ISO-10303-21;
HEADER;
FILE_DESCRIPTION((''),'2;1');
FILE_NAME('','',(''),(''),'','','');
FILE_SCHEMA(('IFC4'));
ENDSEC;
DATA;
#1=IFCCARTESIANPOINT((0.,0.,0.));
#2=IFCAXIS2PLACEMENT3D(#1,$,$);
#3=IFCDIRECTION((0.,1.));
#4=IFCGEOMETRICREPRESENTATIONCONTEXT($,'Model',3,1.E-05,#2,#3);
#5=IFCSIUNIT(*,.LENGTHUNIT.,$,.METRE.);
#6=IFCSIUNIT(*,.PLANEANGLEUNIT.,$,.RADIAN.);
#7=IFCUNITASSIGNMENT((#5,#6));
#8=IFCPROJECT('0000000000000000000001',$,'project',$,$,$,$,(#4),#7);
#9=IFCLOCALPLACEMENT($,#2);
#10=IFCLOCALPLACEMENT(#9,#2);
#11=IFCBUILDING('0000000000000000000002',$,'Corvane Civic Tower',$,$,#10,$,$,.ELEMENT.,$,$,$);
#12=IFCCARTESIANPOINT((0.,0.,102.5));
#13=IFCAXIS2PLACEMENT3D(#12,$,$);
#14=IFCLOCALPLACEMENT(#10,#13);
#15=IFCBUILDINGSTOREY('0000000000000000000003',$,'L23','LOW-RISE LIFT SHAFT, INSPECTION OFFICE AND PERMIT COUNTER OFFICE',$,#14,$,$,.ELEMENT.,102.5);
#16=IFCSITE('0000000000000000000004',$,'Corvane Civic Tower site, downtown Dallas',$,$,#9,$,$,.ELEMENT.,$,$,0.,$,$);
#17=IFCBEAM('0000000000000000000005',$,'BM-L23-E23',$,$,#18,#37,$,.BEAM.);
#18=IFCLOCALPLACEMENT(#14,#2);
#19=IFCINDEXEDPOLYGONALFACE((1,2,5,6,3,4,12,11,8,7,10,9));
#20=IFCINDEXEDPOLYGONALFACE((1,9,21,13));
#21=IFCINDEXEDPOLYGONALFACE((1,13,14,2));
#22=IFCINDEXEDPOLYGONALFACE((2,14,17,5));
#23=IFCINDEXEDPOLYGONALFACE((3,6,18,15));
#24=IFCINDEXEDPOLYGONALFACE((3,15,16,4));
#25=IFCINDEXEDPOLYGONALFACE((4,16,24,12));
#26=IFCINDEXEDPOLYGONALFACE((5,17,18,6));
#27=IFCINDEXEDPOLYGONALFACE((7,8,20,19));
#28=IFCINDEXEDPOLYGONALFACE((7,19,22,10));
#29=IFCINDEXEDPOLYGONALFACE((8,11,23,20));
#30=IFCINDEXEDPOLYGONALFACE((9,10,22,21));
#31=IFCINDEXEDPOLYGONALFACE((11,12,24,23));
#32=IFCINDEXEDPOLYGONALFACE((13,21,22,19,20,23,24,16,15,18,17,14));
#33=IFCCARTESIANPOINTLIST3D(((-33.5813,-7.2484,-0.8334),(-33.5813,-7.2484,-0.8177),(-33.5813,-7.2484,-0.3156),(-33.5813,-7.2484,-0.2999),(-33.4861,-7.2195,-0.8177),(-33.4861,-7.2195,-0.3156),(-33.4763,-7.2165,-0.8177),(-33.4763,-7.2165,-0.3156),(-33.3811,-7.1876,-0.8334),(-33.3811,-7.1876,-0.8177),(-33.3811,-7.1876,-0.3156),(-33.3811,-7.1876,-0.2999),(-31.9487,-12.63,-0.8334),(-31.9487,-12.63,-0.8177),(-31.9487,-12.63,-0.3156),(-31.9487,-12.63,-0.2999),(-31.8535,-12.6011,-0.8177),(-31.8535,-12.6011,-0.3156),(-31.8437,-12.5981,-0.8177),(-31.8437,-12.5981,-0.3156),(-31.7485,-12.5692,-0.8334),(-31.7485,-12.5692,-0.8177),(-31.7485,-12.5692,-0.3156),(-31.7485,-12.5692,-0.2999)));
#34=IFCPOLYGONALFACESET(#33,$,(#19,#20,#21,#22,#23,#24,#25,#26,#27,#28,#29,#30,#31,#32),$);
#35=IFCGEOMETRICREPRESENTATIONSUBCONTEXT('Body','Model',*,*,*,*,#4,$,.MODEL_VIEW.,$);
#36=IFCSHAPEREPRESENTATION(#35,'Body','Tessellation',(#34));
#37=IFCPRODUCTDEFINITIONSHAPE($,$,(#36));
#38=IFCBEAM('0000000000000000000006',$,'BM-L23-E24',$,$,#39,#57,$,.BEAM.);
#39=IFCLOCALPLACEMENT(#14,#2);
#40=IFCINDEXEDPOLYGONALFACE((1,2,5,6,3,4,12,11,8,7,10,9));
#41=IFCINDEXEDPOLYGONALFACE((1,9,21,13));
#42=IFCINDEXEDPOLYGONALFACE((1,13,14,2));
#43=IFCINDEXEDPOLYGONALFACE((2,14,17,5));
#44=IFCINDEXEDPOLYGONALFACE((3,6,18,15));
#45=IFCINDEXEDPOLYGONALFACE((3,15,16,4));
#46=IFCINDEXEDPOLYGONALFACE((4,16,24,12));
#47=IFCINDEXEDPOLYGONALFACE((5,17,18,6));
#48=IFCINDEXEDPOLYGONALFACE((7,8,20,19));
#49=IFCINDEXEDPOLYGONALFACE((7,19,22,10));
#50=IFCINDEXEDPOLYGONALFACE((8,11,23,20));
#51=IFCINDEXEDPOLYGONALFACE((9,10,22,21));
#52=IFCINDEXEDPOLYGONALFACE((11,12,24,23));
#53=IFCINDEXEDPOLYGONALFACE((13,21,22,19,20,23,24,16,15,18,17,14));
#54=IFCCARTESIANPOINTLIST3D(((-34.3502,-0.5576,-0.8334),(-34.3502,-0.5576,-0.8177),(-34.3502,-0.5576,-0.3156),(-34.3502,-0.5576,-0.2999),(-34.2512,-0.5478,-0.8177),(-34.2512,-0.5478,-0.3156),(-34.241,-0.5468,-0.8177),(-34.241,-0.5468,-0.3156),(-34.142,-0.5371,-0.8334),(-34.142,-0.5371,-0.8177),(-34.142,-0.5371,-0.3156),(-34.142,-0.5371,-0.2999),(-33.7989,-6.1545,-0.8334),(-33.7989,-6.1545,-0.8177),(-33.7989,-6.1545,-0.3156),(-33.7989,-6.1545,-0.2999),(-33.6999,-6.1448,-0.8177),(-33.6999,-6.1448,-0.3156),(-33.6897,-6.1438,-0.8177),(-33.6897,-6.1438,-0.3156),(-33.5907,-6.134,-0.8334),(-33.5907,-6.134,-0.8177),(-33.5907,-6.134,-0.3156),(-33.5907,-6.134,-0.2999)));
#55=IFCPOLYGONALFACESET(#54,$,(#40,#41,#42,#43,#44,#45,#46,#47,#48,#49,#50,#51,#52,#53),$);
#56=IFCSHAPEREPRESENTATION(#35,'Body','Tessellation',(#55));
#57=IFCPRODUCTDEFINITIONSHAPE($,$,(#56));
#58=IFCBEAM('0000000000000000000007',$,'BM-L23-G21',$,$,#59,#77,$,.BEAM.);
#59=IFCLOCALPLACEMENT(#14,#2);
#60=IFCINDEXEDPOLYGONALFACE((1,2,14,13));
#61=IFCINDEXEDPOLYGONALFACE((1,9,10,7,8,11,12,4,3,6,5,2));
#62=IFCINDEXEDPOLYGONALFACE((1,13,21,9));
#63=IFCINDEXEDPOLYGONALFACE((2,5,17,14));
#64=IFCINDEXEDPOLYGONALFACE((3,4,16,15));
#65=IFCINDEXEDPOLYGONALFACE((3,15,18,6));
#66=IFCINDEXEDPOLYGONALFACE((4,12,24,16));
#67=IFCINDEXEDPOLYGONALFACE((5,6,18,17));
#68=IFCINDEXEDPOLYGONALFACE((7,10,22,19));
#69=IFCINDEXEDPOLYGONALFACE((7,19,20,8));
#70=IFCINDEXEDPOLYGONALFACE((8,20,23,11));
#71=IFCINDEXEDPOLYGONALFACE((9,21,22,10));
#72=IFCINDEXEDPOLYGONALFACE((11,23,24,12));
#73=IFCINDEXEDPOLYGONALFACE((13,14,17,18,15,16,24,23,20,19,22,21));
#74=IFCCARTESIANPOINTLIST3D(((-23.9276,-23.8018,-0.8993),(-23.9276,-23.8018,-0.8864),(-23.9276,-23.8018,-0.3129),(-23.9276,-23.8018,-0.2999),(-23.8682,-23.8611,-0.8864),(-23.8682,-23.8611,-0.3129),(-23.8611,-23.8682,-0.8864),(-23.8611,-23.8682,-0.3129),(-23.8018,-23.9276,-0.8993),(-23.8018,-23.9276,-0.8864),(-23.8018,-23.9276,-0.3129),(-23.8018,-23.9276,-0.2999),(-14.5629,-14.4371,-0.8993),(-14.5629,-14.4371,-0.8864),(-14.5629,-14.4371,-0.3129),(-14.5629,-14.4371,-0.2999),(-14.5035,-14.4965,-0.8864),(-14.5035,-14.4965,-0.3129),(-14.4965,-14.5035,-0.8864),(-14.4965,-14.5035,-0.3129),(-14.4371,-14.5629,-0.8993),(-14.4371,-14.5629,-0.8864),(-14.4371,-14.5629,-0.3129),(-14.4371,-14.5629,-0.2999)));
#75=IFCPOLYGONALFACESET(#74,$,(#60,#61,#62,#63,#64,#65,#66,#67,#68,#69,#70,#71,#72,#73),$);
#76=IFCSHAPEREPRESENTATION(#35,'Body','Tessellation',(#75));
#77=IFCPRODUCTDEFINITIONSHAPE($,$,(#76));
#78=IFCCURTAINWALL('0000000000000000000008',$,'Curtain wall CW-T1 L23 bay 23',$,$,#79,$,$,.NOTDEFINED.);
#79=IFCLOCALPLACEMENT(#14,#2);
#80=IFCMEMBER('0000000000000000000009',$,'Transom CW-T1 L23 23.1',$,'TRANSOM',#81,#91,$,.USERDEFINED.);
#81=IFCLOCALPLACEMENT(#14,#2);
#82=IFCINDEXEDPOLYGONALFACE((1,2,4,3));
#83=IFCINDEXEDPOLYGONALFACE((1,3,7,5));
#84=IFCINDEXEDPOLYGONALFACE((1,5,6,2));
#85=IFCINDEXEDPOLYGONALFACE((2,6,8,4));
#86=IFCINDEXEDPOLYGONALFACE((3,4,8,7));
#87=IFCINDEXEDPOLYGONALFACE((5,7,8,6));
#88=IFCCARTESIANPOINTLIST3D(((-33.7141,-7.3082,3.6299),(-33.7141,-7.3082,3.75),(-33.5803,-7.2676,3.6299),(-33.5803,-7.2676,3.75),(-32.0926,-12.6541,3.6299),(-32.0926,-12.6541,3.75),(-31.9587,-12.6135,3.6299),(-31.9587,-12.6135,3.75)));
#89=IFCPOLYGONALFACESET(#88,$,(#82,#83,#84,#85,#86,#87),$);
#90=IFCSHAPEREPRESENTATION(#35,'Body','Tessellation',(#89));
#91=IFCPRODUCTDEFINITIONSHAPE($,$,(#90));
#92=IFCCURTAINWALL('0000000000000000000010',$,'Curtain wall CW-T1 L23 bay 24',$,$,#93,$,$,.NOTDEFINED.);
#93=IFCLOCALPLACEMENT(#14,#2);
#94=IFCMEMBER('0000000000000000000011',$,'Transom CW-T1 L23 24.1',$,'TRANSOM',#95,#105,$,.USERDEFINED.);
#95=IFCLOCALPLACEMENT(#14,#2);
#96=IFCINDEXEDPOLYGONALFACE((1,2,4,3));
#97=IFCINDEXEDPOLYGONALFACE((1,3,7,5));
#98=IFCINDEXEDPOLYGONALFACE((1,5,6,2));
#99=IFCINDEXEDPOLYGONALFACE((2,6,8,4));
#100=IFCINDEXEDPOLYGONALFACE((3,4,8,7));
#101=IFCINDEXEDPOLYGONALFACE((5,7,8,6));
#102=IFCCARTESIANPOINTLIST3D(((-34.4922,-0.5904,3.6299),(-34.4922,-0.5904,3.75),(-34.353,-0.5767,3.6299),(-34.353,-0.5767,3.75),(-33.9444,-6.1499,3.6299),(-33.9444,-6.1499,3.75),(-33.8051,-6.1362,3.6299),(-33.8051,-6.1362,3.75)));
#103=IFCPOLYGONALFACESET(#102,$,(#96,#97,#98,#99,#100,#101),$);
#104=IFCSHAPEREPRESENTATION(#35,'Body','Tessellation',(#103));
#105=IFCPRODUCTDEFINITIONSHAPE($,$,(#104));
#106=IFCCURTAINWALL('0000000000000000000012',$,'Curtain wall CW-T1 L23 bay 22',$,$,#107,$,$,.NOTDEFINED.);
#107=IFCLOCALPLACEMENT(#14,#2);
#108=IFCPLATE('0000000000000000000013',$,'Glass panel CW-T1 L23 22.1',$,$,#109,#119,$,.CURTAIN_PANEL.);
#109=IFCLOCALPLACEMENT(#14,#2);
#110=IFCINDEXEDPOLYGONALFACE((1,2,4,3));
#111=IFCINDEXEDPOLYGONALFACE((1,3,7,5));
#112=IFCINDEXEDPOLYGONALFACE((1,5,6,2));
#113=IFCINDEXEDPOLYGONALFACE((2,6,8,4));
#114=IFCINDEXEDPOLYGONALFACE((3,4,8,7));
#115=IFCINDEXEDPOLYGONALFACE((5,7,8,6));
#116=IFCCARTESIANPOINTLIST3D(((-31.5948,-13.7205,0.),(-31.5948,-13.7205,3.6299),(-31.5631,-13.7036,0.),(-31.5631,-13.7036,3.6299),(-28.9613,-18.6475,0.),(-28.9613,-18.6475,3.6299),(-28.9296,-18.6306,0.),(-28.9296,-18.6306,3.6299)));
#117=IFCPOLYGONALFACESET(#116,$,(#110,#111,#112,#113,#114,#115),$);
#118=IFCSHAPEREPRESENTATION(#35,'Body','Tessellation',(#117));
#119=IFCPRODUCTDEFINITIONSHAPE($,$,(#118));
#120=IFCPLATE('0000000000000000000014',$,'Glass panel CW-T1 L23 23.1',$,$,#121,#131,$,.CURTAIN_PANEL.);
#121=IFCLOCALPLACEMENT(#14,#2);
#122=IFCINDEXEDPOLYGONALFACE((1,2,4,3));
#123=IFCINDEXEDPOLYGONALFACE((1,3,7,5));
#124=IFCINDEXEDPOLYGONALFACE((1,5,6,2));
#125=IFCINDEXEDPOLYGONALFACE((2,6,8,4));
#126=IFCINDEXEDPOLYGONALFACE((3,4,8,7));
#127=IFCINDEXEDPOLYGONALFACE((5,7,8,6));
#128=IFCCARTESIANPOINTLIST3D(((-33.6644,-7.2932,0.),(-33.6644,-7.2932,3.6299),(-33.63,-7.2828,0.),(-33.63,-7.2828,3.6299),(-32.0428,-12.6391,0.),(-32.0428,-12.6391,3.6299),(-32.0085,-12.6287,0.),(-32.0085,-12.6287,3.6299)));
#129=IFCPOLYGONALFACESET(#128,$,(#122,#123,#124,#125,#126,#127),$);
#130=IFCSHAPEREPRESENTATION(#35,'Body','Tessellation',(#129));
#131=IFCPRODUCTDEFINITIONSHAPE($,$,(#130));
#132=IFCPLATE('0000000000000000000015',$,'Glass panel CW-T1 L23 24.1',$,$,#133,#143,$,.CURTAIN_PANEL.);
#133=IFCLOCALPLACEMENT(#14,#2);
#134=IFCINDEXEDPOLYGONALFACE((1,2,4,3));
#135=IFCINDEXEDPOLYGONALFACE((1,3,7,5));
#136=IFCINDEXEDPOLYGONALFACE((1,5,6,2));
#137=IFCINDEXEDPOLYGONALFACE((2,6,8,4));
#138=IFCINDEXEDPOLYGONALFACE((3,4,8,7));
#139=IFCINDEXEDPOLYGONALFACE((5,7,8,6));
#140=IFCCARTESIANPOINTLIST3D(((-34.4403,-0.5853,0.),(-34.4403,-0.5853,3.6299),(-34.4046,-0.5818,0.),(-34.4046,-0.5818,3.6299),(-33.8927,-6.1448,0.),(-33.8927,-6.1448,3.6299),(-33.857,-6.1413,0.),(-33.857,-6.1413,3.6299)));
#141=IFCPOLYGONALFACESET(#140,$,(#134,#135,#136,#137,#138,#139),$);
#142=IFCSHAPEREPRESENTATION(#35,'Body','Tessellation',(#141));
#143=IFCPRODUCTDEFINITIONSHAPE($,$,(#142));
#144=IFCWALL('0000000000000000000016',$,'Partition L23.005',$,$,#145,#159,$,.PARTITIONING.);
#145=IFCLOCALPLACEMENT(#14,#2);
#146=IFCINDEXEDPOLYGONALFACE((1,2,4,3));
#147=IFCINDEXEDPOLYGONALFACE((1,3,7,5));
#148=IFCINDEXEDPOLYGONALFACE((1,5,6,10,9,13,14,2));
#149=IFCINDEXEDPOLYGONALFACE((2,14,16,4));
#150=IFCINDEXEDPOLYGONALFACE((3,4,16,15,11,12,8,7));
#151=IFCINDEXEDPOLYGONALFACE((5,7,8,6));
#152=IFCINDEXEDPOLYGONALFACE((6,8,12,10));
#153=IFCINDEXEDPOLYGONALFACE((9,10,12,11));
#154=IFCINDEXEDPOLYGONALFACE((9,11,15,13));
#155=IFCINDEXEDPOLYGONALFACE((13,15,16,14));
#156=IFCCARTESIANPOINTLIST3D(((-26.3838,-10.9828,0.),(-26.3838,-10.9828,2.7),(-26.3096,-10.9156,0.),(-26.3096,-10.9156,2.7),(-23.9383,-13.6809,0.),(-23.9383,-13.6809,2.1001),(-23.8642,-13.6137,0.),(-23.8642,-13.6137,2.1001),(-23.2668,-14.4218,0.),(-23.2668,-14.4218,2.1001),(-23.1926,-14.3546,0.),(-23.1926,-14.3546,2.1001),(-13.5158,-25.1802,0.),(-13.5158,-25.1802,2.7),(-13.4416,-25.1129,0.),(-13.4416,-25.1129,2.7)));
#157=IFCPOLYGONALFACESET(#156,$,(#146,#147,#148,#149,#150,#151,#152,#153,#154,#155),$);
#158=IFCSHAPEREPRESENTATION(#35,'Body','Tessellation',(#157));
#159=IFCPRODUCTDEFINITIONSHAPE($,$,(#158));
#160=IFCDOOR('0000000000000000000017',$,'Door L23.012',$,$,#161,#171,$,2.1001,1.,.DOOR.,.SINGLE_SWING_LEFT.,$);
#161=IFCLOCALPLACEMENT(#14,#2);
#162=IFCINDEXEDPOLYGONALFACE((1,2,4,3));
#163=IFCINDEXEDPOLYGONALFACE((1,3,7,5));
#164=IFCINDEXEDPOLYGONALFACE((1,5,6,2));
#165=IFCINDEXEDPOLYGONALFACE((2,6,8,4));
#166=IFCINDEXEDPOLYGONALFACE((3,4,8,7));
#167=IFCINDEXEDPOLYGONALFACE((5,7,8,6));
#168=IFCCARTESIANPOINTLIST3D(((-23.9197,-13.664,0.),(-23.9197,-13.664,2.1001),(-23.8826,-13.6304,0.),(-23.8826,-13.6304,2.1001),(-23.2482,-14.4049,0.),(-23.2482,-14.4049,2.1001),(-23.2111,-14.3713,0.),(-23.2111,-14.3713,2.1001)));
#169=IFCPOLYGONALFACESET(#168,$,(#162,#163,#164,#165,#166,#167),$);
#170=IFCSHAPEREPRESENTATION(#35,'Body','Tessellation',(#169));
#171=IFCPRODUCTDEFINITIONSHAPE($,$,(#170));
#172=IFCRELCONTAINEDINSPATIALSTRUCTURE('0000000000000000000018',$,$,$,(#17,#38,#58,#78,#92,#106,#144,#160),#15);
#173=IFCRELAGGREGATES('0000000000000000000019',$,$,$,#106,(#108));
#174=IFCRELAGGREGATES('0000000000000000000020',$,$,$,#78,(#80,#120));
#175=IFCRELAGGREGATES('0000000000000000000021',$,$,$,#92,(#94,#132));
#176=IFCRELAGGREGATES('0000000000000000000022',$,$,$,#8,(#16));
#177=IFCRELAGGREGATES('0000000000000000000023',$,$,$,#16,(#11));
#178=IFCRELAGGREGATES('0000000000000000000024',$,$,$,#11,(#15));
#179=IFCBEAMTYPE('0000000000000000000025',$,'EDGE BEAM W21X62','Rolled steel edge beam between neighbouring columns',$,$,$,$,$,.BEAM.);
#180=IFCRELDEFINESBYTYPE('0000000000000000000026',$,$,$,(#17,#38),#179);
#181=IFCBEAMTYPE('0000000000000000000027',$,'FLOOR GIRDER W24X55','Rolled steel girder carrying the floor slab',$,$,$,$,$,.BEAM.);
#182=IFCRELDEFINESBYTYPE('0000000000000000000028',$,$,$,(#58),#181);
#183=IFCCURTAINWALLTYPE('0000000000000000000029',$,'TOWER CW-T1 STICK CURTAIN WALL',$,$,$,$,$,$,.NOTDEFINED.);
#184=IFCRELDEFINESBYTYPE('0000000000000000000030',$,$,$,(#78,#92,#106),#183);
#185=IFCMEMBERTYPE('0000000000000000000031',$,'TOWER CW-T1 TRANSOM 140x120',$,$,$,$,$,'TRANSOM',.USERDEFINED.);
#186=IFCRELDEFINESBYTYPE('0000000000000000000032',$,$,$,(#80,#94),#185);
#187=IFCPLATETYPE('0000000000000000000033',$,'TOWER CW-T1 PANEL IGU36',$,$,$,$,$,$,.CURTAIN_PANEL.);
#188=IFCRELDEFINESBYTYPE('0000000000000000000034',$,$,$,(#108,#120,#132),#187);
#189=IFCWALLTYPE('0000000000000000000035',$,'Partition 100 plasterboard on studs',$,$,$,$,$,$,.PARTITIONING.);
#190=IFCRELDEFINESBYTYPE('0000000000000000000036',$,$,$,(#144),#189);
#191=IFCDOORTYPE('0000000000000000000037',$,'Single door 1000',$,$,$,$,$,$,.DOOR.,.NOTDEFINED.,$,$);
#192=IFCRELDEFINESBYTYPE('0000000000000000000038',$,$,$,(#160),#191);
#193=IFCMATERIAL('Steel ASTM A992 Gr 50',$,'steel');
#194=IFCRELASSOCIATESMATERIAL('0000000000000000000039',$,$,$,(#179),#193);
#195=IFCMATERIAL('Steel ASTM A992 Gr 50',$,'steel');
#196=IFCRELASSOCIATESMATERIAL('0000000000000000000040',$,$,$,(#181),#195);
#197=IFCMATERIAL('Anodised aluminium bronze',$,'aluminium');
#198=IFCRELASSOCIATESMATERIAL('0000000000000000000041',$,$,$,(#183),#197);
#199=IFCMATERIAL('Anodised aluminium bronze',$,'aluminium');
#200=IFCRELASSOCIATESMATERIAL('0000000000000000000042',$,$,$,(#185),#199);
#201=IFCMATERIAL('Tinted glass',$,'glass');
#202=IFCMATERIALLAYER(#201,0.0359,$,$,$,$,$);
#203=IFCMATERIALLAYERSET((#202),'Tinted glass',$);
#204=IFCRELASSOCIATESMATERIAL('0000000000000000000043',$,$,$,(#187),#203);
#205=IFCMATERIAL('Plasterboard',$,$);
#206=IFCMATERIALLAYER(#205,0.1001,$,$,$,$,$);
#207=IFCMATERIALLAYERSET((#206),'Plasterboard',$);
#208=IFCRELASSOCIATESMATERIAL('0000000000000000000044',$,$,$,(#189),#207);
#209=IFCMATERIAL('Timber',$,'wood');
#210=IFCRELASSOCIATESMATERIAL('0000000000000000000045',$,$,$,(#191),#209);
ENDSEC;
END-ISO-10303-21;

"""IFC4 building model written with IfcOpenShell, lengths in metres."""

from ifc_helpers import new_model, si_unit, direction, frame, frame_2d, origin, origin_2d, place, context, subcontext, project, spatial, rectangle, i_section, extrude, material, layer, layer_set, material_profile, profile_set, type_object, element, fill, aggregate, save


model = new_model("IFC4")

# Units and contexts
model_context = context("Model", 3, precision=1e-05, world=origin(), true_north=direction((0.0, 1.0)))
body_context = subcontext(model_context, "Body", "Model", "MODEL_VIEW")
ifc_project = project(units=[si_unit("LENGTHUNIT", "METRE"), si_unit("PLANEANGLEUNIT", "RADIAN")], contexts=[model_context])

# Site, building, storey
site_placement = place(None, origin())
site = spatial("IfcSite", under=ifc_project, at=site_placement, Name="Corvane Civic Tower site, downtown Dallas", CompositionType="ELEMENT", RefElevation=0.0)
building_placement = place(site_placement, origin())
building = spatial("IfcBuilding", under=site, at=building_placement, Name="Corvane Civic Tower", CompositionType="ELEMENT")
storey_placement = place(building_placement, frame((0.0, 0.0, 102.5)))
storey = spatial("IfcBuildingStorey", under=building, at=storey_placement, Name="L23", Description="LOW-RISE LIFT SHAFT, INSPECTION OFFICE AND PERMIT COUNTER OFFICE", CompositionType="ELEMENT", Elevation=102.5)

# Beams
ifc_material_1 = material(Name="Steel ASTM A992 Gr 50", Category="steel")
ifc_material_profile_1 = material_profile(ifc_material_1, i_section(OverallWidth=0.2092, OverallDepth=0.5334, WebThickness=0.0103, FlangeThickness=0.0156, at=origin_2d()), Name="W21X62")
ifc_profile_set_1 = profile_set([ifc_material_profile_1], Name="Steel ASTM A992 Gr 50")
beam_type_1 = type_object("IfcBeamType", Name="EDGE BEAM W21X62", Description="Rolled steel edge beam between neighbouring columns", PredefinedType="BEAM", material=ifc_profile_set_1)
beam_1_placement = place(storey_placement, frame((-31.8486, -12.5996, -0.5667), z_axis=(-0.290298, 0.956936, 0.0), x_axis=(-0.956936, -0.290298, 0.0)))
element("IfcBeam", 1, at=beam_1_placement, inside=storey, type_object=beam_type_1, Name="BM-L23-E23", PredefinedType="BEAM", context=body_context, shape_type="SweptSolid", body=[
    extrude(i_section(OverallWidth=0.2092, OverallDepth=0.5334, WebThickness=0.0103, FlangeThickness=0.0156, at=origin_2d()), origin(), (0.0, 0.0, 1.0), 5.6238),
])
beam_2_placement = place(storey_placement, frame((-33.6948, -6.1443, -0.5667), z_axis=(-0.098021, 0.995184, 0.0), x_axis=(-0.995184, -0.098021, 0.0)))
element("IfcBeam", 2, at=beam_2_placement, inside=storey, type_object=beam_type_1, Name="BM-L23-E24", PredefinedType="BEAM", context=body_context, shape_type="SweptSolid", body=[
    extrude(i_section(OverallWidth=0.2092, OverallDepth=0.5334, WebThickness=0.0103, FlangeThickness=0.0156, at=origin_2d()), origin(), (0.0, 0.0, 1.0), 5.624),
])
ifc_material_2 = material(Name="Steel ASTM A992 Gr 50", Category="steel")
ifc_material_profile_2 = material_profile(ifc_material_2, i_section(OverallWidth=0.178, OverallDepth=0.5994, WebThickness=0.01, FlangeThickness=0.0129, at=origin_2d()), Name="W24X55")
ifc_profile_set_2 = profile_set([ifc_material_profile_2], Name="Steel ASTM A992 Gr 50")
beam_type_2 = type_object("IfcBeamType", Name="FLOOR GIRDER W24X55", Description="Rolled steel girder carrying the floor slab", PredefinedType="BEAM", material=ifc_profile_set_2)
beam_3_placement = place(storey_placement, frame((-14.5, -14.5, -0.5996), z_axis=(-0.707107, -0.707107, 0.0), x_axis=(0.707107, -0.707107, 0.0)))
element("IfcBeam", 3, at=beam_3_placement, inside=storey, type_object=beam_type_2, Name="BM-L23-G21", PredefinedType="BEAM", context=body_context, shape_type="SweptSolid", body=[
    extrude(i_section(OverallWidth=0.178, OverallDepth=0.5994, WebThickness=0.01, FlangeThickness=0.0129, at=origin_2d()), origin(), (0.0, 0.0, 1.0), 13.2437),
])

# Curtain walls, members
ifc_material_3 = material(Name="Anodised aluminium bronze", Category="aluminium")
curtain_wall_type = type_object("IfcCurtainWallType", Name="TOWER CW-T1 STICK CURTAIN WALL", PredefinedType="NOTDEFINED", material=ifc_material_3)
curtain_wall_1_placement = place(storey_placement, origin())
curtain_wall_1 = element("IfcCurtainWall", 4, at=curtain_wall_1_placement, inside=storey, type_object=curtain_wall_type, Name="Curtain wall CW-T1 L23 bay 23", PredefinedType="NOTDEFINED")
ifc_material_4 = material(Name="Anodised aluminium bronze", Category="aluminium")
ifc_material_profile_3 = material_profile(ifc_material_4, rectangle(XDim=0.1399, YDim=0.1201, at=origin_2d()), Name="TOWER CW-T1 TRANSOM 140x120")
ifc_profile_set_3 = profile_set([ifc_material_profile_3], Name="Anodised aluminium bronze")
member_type = type_object("IfcMemberType", Name="TOWER CW-T1 TRANSOM 140x120", ElementType="TRANSOM", PredefinedType="USERDEFINED", material=ifc_profile_set_3)
member_1_placement = place(storey_placement, frame((-32.0256, -12.6338, 3.6899), z_axis=(-0.290269, 0.956945, 0.0), x_axis=(-0.956945, -0.290269, 0.0)))
member_1 = element("IfcMember", 5, at=member_1_placement, type_object=member_type, Name="Transom CW-T1 L23 23.1", ObjectType="TRANSOM", PredefinedType="USERDEFINED", context=body_context, shape_type="SweptSolid", body=[
    extrude(rectangle(XDim=0.1399, YDim=0.1201, at=origin_2d()), origin(), (0.0, 0.0, 1.0), 5.5864),
])
curtain_wall_2_placement = place(storey_placement, origin())
curtain_wall_2 = element("IfcCurtainWall", 6, at=curtain_wall_2_placement, inside=storey, type_object=curtain_wall_type, Name="Curtain wall CW-T1 L23 bay 24", PredefinedType="NOTDEFINED")
member_2_placement = place(storey_placement, frame((-33.8748, -6.1431, 3.6899), z_axis=(-0.098067, 0.99518, 0.0), x_axis=(-0.99518, -0.098067, 0.0)))
member_2 = element("IfcMember", 7, at=member_2_placement, type_object=member_type, Name="Transom CW-T1 L23 24.1", ObjectType="TRANSOM", PredefinedType="USERDEFINED", context=body_context, shape_type="SweptSolid", body=[
    extrude(rectangle(XDim=0.1399, YDim=0.1201, at=origin_2d()), origin(), (0.0, 0.0, 1.0), 5.5864),
])

# Curtain wall, plate
curtain_wall_3_placement = place(storey_placement, origin())
curtain_wall_3 = element("IfcCurtainWall", 8, at=curtain_wall_3_placement, inside=storey, type_object=curtain_wall_type, Name="Curtain wall CW-T1 L23 bay 22", PredefinedType="NOTDEFINED")
ifc_material_5 = material(Name="Tinted glass", Category="glass")
ifc_layer_1 = layer(ifc_material_5, 0.0359)
ifc_layer_set_1 = layer_set([ifc_layer_1], Name="Tinted glass")
plate_type = type_object("IfcPlateType", Name="TOWER CW-T1 PANEL IGU36", PredefinedType="CURTAIN_PANEL", material=ifc_layer_set_1)
plate_1_placement = place(storey_placement, frame((-30.2622, -16.1755, 0.0), z_axis=(0.0, 0.0, 1.0), x_axis=(-0.471392, 0.881924, 0.0)))
plate_1 = element("IfcPlate", 9, at=plate_1_placement, type_object=plate_type, Name="Glass panel CW-T1 L23 22.1", PredefinedType="CURTAIN_PANEL", context=body_context, shape_type="SweptSolid", body=[
    extrude(rectangle(XDim=5.5867, YDim=0.0359, at=origin_2d()), origin(), (0.0, 0.0, 1.0), 3.6299),
])
aggregate(curtain_wall_3, [plate_1])

# Plates
plate_2_placement = place(storey_placement, frame((-32.8364, -9.9609, 0.0), z_axis=(0.0, 0.0, 1.0), x_axis=(-0.290266, 0.956946, 0.0)))
plate_2 = element("IfcPlate", 10, at=plate_2_placement, type_object=plate_type, Name="Glass panel CW-T1 L23 23.1", PredefinedType="CURTAIN_PANEL", context=body_context, shape_type="SweptSolid", body=[
    extrude(rectangle(XDim=5.5864, YDim=0.0359, at=origin_2d()), origin(), (0.0, 0.0, 1.0), 3.6299),
])
aggregate(curtain_wall_1, [member_1, plate_2])
plate_3_placement = place(storey_placement, frame((-34.1487, -3.3633, 0.0), z_axis=(0.0, 0.0, 1.0), x_axis=(-0.098027, 0.995184, 0.0)))
plate_3 = element("IfcPlate", 11, at=plate_3_placement, type_object=plate_type, Name="Glass panel CW-T1 L23 24.1", PredefinedType="CURTAIN_PANEL", context=body_context, shape_type="SweptSolid", body=[
    extrude(rectangle(XDim=5.5864, YDim=0.0359, at=origin_2d()), origin(), (0.0, 0.0, 1.0), 3.6299),
])
aggregate(curtain_wall_2, [member_2, plate_3])

# Wall, opening, door
ifc_material_6 = material(Name="Plasterboard")
ifc_layer_2 = layer(ifc_material_6, 0.1001)
ifc_layer_set_2 = layer_set([ifc_layer_2], Name="Plasterboard")
wall_type_1 = type_object("IfcWallType", Name="Partition 100 plasterboard on studs", PredefinedType="PARTITIONING", material=ifc_layer_set_2)
wall_1_placement = place(storey_placement, frame((-26.3467, -10.9492, 0.0), z_axis=(0.0, 0.0, 1.0), x_axis=(0.671567, -0.740944, 0.0)))
wall_1 = element("IfcWall", 12, at=wall_1_placement, inside=storey, type_object=wall_type_1, Name="Partition L23.005", PredefinedType="PARTITIONING", context=body_context, shape_type="SweptSolid", body=[
    extrude(rectangle(XDim=19.1611, YDim=0.1001, at=frame_2d((9.5806, 0.0))), origin(), (0.0, 0.0, 1.0), 2.7),
])
opening_1_placement = place(wall_1_placement, frame((3.6414, 0.0, 0.0)))
opening_1 = element("IfcOpeningElement", 13, at=opening_1_placement, cuts=wall_1, PredefinedType="OPENING", context=body_context, shape_type="SweptSolid", body=[
    extrude(rectangle(XDim=1.0, YDim=2.1001, at=frame_2d((0.5, 1.05))), frame((0.0, 0.0601, 0.0), z_axis=(0.0, -1.0, 0.0), x_axis=(1.0, 0.0, 0.0)), (0.0, 0.0, 1.0), 0.1201),
])
ifc_material_7 = material(Name="Timber", Category="wood")
door_type_1 = type_object("IfcDoorType", Name="Single door 1000", OperationType="NOTDEFINED", PredefinedType="DOOR", material=ifc_material_7)
door_1_placement = place(opening_1_placement, frame((1.0, 0.0, 0.0), z_axis=(0.0, 0.0, 1.0), x_axis=(-1.0, 0.0, 0.0)))
door_1 = element("IfcDoor", 14, at=door_1_placement, inside=storey, type_object=door_type_1, Name="Door L23.012", OperationType="SINGLE_SWING_LEFT", OverallHeight=2.1001, OverallWidth=1.0, PredefinedType="DOOR", context=body_context, shape_type="SweptSolid", body=[
    extrude(rectangle(XDim=1.0, YDim=2.1001, at=frame_2d((0.5, 1.05))), frame((0.0, 0.0249, 0.0), z_axis=(0.0, -1.0, 0.0), x_axis=(1.0, 0.0, 0.0)), (0.0, 0.0, 1.0), 0.05),
])
fill(opening_1, door_1)

save(model, "model.ifc")
